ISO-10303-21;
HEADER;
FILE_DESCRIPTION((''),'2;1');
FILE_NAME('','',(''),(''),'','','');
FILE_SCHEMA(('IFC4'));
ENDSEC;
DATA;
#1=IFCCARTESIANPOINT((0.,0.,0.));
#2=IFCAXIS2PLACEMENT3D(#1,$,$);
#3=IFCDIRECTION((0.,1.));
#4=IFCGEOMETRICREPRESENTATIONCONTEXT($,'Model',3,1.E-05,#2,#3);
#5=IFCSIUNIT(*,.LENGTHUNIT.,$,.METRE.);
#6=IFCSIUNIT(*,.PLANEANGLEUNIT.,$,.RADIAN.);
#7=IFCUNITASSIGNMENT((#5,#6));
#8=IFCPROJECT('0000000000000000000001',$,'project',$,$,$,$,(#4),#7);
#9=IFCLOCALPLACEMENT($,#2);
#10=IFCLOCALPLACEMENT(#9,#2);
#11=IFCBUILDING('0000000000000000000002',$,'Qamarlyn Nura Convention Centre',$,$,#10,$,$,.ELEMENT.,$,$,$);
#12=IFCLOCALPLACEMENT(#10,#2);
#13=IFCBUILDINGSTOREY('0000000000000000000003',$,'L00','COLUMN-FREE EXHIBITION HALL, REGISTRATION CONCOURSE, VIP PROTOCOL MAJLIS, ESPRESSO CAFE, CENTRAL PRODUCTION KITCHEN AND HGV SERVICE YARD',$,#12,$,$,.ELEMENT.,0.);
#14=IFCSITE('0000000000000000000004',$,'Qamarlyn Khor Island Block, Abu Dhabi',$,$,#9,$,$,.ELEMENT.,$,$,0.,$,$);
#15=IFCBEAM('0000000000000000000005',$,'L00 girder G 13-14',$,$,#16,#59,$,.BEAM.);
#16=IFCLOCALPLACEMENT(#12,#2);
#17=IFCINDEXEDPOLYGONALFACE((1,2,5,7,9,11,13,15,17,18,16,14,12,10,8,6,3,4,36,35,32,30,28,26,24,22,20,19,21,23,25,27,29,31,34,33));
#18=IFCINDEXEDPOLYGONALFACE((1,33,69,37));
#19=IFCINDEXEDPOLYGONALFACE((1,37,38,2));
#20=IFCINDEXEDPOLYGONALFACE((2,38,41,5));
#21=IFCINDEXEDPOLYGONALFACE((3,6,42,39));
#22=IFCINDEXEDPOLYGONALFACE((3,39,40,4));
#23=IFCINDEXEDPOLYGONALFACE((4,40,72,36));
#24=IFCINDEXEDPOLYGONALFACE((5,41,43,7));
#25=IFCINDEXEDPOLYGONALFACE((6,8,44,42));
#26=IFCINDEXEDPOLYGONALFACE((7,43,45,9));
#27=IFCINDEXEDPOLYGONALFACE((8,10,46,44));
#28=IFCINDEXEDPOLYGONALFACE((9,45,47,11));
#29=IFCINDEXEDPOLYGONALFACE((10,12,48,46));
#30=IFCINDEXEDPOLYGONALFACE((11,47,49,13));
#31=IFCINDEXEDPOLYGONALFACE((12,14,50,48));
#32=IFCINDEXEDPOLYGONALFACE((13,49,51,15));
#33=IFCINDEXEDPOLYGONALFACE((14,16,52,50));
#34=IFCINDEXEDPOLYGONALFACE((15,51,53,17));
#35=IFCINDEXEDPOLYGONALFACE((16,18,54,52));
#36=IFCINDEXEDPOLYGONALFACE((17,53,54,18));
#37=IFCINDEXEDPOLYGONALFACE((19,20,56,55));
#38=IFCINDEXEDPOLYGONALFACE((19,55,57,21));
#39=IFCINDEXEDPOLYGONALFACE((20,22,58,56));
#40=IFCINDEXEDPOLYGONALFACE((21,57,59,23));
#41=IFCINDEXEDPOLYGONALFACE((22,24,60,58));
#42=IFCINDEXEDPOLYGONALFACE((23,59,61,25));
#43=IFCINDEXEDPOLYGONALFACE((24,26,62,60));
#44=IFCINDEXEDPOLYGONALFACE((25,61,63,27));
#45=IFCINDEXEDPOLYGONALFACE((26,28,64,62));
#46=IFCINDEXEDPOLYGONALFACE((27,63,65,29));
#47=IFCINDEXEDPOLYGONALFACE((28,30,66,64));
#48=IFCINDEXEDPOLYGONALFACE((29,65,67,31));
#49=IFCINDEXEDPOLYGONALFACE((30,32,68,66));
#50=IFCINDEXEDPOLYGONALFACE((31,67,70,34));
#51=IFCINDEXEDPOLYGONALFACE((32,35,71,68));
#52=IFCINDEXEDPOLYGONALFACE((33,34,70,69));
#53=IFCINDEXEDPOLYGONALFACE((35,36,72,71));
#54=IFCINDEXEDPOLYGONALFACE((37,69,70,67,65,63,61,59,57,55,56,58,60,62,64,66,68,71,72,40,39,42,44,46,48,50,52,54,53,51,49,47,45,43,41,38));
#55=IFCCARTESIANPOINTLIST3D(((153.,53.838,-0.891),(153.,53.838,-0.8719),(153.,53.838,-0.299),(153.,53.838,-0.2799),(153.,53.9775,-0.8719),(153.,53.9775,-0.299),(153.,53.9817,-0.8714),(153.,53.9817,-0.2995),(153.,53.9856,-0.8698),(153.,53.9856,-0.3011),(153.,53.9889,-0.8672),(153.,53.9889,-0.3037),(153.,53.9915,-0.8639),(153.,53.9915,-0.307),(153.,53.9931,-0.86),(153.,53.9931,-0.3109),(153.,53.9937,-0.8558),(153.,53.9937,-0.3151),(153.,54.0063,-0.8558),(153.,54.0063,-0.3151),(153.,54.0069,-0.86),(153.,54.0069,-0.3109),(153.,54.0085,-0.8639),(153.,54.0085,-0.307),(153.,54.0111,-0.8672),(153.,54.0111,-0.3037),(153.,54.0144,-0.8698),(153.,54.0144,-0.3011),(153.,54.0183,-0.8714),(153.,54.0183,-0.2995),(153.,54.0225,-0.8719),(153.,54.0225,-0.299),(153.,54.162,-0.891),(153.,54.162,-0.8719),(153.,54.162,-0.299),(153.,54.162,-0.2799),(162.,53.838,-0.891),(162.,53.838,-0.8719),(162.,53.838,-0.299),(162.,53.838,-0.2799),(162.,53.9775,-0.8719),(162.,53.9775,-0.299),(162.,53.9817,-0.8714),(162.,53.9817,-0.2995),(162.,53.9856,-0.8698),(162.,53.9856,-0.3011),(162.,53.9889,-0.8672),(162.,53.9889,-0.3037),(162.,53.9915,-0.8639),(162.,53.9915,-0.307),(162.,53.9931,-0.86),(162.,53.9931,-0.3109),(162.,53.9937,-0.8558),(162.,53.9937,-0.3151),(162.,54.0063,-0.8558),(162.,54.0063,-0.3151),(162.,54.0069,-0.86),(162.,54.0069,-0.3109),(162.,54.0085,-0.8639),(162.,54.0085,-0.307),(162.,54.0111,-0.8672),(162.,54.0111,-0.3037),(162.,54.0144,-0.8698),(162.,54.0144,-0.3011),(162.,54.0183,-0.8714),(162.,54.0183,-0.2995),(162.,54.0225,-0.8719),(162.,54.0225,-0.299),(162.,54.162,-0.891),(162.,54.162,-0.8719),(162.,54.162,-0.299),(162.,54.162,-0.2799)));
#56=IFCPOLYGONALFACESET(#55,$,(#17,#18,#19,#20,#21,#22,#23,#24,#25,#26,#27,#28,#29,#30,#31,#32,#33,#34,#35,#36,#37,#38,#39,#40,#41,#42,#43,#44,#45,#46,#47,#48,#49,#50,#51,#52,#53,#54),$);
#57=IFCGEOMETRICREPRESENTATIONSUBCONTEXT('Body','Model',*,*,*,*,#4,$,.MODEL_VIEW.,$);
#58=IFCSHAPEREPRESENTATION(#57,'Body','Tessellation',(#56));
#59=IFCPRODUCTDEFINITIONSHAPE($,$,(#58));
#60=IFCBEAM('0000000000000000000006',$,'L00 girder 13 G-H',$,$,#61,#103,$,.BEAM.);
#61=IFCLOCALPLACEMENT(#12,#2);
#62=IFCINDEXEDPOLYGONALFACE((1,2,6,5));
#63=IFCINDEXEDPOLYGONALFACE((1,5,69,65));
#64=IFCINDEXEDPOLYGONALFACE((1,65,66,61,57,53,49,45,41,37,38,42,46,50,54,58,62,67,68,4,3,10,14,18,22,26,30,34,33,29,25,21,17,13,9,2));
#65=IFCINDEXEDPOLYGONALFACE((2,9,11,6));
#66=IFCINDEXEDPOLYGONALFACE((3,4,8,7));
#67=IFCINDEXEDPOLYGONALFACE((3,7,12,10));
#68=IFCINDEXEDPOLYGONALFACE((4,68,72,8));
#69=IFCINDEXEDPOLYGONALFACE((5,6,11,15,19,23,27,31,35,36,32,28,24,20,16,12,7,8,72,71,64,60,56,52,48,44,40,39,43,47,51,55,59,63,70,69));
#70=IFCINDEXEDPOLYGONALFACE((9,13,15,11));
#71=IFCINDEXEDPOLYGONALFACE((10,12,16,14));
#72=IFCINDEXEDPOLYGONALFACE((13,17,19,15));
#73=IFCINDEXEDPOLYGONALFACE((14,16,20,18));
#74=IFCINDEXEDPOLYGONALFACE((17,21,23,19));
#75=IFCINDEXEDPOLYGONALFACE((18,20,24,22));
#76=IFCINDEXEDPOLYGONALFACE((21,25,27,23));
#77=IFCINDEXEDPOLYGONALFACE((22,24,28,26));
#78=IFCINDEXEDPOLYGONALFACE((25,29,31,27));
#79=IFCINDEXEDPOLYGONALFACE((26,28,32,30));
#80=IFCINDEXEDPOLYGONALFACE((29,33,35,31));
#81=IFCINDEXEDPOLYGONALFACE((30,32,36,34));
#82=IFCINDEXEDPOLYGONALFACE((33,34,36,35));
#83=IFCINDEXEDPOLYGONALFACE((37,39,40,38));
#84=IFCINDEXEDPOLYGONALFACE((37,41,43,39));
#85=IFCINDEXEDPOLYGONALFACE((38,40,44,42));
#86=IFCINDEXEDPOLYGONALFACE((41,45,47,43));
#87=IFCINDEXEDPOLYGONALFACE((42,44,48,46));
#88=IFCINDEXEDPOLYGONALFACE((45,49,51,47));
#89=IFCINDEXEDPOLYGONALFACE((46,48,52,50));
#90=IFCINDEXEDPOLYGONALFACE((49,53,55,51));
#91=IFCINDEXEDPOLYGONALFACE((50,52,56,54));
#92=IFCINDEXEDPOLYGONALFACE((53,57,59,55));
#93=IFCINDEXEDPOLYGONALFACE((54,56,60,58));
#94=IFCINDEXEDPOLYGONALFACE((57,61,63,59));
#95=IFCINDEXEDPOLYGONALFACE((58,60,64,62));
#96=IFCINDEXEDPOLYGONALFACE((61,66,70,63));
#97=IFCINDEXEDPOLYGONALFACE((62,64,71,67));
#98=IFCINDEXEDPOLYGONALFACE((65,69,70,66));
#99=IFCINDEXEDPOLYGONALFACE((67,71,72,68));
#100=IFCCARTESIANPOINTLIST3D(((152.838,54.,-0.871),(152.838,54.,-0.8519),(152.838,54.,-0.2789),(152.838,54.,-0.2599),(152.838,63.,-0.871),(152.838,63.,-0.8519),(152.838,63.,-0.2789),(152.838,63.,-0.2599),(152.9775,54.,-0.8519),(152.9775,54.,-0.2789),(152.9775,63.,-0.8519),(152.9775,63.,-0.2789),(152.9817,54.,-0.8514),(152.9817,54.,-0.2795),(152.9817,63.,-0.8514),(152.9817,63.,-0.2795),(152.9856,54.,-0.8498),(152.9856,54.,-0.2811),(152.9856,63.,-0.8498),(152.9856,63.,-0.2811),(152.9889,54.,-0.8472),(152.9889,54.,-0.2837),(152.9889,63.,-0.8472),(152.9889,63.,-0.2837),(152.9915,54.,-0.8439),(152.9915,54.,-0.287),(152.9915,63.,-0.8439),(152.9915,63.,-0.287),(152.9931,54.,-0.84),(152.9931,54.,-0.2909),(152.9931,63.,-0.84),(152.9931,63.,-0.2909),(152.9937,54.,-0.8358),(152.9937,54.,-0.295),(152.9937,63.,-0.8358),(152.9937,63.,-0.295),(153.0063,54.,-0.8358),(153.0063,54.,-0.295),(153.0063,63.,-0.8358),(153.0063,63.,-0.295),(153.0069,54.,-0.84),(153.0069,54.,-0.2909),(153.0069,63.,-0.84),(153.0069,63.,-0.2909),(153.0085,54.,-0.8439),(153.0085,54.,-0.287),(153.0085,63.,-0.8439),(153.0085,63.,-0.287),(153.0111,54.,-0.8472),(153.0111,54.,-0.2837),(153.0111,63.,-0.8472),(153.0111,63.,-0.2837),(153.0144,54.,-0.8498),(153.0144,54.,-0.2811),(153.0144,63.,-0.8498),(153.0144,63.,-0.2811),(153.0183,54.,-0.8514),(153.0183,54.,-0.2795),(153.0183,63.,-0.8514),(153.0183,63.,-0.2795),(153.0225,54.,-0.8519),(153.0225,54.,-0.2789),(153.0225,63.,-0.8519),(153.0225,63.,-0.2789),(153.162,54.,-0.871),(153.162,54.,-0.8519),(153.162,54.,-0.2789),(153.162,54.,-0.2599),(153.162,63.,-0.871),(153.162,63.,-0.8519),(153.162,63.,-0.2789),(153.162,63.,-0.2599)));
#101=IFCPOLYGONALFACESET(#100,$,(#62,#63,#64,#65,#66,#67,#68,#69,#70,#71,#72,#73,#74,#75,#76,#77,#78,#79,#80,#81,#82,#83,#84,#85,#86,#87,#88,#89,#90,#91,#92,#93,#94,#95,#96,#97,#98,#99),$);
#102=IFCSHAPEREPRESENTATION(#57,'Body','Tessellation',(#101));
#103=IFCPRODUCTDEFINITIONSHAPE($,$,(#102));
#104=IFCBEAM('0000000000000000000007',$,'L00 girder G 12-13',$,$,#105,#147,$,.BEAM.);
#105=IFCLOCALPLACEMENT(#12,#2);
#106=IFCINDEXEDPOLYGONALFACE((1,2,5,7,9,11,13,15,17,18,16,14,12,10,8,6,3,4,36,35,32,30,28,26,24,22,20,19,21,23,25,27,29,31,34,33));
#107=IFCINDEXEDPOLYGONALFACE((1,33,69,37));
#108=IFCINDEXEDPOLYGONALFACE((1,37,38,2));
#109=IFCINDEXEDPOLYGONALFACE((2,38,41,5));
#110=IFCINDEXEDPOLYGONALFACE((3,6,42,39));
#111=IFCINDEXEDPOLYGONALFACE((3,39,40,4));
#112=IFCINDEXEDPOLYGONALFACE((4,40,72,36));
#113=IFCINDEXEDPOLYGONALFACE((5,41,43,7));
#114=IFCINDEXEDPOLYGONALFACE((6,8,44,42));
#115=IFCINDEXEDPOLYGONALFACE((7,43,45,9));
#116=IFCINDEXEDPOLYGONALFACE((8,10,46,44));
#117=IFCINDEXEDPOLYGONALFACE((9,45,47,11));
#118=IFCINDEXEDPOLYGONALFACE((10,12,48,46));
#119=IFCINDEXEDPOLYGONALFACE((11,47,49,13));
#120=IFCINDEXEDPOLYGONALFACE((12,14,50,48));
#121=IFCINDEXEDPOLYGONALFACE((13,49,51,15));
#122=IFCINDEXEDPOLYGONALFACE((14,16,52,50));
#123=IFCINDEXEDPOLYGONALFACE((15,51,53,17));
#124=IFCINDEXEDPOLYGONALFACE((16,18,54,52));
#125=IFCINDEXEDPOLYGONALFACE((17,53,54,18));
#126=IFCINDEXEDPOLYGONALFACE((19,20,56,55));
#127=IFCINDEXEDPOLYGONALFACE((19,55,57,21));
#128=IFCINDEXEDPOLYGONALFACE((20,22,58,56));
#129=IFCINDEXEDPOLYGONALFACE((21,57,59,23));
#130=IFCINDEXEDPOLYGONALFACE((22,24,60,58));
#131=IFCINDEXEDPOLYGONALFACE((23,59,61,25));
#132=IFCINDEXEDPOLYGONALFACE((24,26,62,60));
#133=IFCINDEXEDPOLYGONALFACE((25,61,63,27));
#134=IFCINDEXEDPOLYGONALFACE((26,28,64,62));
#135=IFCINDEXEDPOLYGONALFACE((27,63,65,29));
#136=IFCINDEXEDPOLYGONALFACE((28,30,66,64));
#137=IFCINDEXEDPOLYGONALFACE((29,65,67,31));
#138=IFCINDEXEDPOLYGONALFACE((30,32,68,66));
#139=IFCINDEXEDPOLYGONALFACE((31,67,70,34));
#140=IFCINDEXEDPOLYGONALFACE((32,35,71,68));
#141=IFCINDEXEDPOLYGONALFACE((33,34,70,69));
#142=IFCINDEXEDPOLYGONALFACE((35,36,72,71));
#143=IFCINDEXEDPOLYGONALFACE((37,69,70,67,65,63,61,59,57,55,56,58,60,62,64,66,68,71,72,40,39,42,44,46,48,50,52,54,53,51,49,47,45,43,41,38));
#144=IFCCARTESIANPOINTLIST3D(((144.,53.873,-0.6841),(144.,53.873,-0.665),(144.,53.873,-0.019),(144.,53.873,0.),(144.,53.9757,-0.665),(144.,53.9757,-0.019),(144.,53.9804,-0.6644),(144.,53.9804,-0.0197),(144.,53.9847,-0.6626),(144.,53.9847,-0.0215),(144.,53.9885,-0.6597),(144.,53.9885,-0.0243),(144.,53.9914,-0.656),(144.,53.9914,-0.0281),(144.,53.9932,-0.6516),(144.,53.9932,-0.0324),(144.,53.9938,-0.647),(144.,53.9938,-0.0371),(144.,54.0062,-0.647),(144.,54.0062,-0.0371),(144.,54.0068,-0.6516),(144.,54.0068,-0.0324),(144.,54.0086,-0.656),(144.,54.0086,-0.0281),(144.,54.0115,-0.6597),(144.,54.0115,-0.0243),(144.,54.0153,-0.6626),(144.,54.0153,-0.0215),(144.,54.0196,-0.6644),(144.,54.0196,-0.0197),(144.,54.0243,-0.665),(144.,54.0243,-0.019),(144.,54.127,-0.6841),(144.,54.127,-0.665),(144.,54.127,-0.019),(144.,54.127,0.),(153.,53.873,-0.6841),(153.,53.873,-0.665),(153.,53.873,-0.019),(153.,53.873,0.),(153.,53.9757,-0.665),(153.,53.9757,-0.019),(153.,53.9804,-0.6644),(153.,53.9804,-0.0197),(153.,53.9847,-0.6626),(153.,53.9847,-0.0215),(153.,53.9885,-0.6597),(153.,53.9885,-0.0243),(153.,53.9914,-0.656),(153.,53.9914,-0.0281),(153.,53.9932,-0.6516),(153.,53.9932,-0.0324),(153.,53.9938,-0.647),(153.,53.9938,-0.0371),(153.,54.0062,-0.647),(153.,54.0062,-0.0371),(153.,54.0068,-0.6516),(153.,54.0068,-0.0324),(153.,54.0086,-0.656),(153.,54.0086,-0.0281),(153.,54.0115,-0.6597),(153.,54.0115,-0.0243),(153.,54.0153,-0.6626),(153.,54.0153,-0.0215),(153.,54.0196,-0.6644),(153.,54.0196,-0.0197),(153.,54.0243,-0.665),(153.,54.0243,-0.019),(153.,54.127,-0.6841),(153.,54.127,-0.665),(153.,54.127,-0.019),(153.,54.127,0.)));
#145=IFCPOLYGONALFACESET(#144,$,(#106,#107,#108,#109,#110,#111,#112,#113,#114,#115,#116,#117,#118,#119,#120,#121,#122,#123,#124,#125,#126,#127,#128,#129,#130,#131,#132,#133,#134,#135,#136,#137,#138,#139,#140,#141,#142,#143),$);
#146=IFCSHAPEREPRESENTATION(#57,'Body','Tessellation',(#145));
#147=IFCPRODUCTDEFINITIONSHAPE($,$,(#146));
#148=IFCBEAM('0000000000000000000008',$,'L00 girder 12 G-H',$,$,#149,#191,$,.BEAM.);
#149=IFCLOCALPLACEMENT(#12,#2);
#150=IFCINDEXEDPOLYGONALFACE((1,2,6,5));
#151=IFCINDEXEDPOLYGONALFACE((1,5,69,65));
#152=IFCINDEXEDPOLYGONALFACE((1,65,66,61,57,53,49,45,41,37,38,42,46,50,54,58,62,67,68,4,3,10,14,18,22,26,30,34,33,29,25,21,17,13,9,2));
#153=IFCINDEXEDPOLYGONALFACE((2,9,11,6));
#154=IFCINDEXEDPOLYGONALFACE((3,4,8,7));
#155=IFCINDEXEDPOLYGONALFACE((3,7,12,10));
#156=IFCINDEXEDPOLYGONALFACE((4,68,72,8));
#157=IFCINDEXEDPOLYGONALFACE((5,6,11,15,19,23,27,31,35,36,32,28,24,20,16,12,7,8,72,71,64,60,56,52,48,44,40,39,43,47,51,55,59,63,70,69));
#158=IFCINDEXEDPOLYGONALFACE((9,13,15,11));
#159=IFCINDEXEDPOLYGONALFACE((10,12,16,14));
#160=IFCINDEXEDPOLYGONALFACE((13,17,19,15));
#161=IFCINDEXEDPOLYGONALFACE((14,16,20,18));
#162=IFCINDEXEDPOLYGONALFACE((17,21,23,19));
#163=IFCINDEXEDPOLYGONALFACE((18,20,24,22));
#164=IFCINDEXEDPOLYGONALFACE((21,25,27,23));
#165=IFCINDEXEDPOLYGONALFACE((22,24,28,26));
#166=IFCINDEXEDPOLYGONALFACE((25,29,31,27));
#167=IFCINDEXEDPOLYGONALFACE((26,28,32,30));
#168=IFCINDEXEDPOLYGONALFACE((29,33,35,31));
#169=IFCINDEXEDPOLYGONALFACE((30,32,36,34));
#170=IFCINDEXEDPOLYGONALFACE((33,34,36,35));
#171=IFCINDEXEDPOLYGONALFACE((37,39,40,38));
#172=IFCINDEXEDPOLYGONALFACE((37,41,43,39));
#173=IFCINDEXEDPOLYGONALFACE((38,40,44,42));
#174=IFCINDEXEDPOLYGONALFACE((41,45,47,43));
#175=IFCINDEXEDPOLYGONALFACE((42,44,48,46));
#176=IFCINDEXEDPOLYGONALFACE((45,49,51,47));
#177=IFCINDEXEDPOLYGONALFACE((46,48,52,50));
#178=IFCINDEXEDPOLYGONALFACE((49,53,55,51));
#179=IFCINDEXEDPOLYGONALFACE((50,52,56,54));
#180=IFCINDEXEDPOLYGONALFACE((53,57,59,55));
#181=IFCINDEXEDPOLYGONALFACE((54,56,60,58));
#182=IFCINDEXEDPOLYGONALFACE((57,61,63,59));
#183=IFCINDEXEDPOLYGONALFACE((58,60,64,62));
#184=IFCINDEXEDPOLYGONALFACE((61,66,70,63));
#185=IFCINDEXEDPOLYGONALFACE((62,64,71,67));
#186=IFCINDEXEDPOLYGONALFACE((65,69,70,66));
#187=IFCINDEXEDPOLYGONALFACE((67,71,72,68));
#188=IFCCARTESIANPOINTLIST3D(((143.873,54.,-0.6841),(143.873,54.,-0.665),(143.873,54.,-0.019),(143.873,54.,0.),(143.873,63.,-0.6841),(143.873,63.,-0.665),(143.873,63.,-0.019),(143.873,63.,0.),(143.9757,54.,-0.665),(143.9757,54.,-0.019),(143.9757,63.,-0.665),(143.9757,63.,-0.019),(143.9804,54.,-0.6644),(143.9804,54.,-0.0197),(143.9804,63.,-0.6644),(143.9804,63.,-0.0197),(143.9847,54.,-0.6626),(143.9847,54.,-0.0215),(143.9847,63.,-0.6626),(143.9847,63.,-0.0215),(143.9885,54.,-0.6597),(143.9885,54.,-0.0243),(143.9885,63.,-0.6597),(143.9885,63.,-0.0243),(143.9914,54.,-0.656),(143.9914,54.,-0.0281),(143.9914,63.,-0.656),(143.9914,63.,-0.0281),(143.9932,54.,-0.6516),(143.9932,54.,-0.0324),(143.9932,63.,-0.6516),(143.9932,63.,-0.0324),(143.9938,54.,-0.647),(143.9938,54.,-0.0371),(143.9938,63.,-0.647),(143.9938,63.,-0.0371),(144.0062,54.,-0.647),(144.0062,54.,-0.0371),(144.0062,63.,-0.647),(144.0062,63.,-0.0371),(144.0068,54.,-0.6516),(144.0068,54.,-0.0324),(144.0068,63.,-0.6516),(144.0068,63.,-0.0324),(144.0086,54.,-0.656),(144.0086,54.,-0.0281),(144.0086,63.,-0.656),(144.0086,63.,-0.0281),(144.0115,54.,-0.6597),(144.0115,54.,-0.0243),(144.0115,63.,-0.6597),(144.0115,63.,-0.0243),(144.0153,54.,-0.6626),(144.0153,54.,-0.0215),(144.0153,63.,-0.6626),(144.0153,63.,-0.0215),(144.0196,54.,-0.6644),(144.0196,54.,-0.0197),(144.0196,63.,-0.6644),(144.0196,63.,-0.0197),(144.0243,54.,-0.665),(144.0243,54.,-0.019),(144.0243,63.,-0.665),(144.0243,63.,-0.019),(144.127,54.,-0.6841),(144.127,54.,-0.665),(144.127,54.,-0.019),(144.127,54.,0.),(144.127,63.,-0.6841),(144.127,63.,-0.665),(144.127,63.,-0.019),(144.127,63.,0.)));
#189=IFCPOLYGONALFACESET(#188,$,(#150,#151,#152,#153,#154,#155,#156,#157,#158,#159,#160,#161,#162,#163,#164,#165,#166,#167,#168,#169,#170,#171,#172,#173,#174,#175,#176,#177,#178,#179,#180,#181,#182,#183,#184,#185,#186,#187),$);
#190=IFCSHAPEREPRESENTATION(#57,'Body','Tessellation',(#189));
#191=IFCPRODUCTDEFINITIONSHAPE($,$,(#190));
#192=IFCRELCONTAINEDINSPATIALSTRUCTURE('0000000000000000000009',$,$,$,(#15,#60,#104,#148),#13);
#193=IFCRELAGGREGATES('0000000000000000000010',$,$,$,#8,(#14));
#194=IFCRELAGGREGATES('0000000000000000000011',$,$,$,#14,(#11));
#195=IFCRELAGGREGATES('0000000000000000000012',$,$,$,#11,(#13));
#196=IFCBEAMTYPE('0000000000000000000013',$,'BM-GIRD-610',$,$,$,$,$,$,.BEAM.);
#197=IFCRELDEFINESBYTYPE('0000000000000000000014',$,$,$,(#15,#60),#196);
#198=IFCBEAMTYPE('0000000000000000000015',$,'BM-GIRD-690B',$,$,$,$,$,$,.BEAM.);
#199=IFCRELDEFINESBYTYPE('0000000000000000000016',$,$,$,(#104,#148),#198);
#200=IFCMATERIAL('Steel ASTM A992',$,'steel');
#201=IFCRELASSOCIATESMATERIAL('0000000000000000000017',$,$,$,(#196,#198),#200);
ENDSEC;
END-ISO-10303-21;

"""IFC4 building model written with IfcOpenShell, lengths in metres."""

from ifc_helpers import new_model, si_unit, direction, frame, origin, origin_2d, place, context, subcontext, project, spatial, i_section, extrude, material, material_profile, profile_set, type_object, element, save


model = new_model("IFC4")

# Units and contexts
model_context = context("Model", 3, precision=1e-05, world=origin(), true_north=direction((0.0, 1.0)))
body_context = subcontext(model_context, "Body", "Model", "MODEL_VIEW")
ifc_project = project(units=[si_unit("LENGTHUNIT", "METRE"), si_unit("PLANEANGLEUNIT", "RADIAN")], contexts=[model_context])

# Site, building, storey
site_placement = place(None, origin())
site = spatial("IfcSite", under=ifc_project, at=site_placement, Name="Qamarlyn Khor Island Block, Abu Dhabi", CompositionType="ELEMENT", RefElevation=0.0)
building_placement = place(site_placement, origin())
building = spatial("IfcBuilding", under=site, at=building_placement, Name="Qamarlyn Nura Convention Centre", CompositionType="ELEMENT")
storey_placement = place(building_placement, origin())
storey = spatial("IfcBuildingStorey", under=building, at=storey_placement, Name="L00", Description="COLUMN-FREE EXHIBITION HALL, REGISTRATION CONCOURSE, VIP PROTOCOL MAJLIS, ESPRESSO CAFE, CENTRAL PRODUCTION KITCHEN AND HGV SERVICE YARD", CompositionType="ELEMENT", Elevation=0.0)

# Shared definitions
ifc_material_1 = material(Name="Steel ASTM A992", Category="steel")

# Beams
ifc_material_profile_1 = material_profile(ifc_material_1, i_section(OverallWidth=0.324, OverallDepth=0.6111, WebThickness=0.0127, FlangeThickness=0.019, FilletRadius=0.0161, at=origin_2d()), Name="W610X155")
ifc_profile_set_1 = profile_set([ifc_material_profile_1], Name="Steel ASTM A992")
beam_type_1 = type_object("IfcBeamType", Name="BM-GIRD-610", PredefinedType="BEAM", material=ifc_profile_set_1)
for number, where, z_axis, x_axis, name in (
    (1, (153.0, 54.0, -0.5854), (1.0, 0.0, 0.0), (0.0, 1.0, 0.0), "L00 girder G 13-14"),
    (2, (153.0, 54.0, -0.5654), (0.0, 1.0, 0.0), (-1.0, 0.0, 0.0), "L00 girder 13 G-H"),
):
    element("IfcBeam", number, at=place(storey_placement, frame(where, z_axis=z_axis, x_axis=x_axis)), inside=storey, type_object=beam_type_1, Name=name, PredefinedType="BEAM", context=body_context, shape_type="SweptSolid", body=[
        extrude(i_section(OverallWidth=0.324, OverallDepth=0.6111, WebThickness=0.0127, FlangeThickness=0.019, FilletRadius=0.0161, at=origin_2d()), origin(), (0.0, 0.0, 1.0), 9.0),
    ])
ifc_material_profile_2 = material_profile(ifc_material_1, i_section(OverallWidth=0.2539, OverallDepth=0.6841, WebThickness=0.0125, FlangeThickness=0.019, FilletRadius=0.0181, at=origin_2d()), Name="W690X140")
ifc_profile_set_2 = profile_set([ifc_material_profile_2], Name="Steel ASTM A992")
beam_type_2 = type_object("IfcBeamType", Name="BM-GIRD-690B", PredefinedType="BEAM", material=ifc_profile_set_2)
for number, where, z_axis, x_axis, name in (
    (3, (144.0, 54.0, -0.342), (1.0, 0.0, 0.0), (0.0, 1.0, 0.0), "L00 girder G 12-13"),
    (4, (144.0, 54.0, -0.342), (0.0, 1.0, 0.0), (-1.0, 0.0, 0.0), "L00 girder 12 G-H"),
):
    element("IfcBeam", number, at=place(storey_placement, frame(where, z_axis=z_axis, x_axis=x_axis)), inside=storey, type_object=beam_type_2, Name=name, PredefinedType="BEAM", context=body_context, shape_type="SweptSolid", body=[
        extrude(i_section(OverallWidth=0.2539, OverallDepth=0.6841, WebThickness=0.0125, FlangeThickness=0.019, FilletRadius=0.0181, at=origin_2d()), origin(), (0.0, 0.0, 1.0), 9.0),
    ])

save(model, "model.ifc")
